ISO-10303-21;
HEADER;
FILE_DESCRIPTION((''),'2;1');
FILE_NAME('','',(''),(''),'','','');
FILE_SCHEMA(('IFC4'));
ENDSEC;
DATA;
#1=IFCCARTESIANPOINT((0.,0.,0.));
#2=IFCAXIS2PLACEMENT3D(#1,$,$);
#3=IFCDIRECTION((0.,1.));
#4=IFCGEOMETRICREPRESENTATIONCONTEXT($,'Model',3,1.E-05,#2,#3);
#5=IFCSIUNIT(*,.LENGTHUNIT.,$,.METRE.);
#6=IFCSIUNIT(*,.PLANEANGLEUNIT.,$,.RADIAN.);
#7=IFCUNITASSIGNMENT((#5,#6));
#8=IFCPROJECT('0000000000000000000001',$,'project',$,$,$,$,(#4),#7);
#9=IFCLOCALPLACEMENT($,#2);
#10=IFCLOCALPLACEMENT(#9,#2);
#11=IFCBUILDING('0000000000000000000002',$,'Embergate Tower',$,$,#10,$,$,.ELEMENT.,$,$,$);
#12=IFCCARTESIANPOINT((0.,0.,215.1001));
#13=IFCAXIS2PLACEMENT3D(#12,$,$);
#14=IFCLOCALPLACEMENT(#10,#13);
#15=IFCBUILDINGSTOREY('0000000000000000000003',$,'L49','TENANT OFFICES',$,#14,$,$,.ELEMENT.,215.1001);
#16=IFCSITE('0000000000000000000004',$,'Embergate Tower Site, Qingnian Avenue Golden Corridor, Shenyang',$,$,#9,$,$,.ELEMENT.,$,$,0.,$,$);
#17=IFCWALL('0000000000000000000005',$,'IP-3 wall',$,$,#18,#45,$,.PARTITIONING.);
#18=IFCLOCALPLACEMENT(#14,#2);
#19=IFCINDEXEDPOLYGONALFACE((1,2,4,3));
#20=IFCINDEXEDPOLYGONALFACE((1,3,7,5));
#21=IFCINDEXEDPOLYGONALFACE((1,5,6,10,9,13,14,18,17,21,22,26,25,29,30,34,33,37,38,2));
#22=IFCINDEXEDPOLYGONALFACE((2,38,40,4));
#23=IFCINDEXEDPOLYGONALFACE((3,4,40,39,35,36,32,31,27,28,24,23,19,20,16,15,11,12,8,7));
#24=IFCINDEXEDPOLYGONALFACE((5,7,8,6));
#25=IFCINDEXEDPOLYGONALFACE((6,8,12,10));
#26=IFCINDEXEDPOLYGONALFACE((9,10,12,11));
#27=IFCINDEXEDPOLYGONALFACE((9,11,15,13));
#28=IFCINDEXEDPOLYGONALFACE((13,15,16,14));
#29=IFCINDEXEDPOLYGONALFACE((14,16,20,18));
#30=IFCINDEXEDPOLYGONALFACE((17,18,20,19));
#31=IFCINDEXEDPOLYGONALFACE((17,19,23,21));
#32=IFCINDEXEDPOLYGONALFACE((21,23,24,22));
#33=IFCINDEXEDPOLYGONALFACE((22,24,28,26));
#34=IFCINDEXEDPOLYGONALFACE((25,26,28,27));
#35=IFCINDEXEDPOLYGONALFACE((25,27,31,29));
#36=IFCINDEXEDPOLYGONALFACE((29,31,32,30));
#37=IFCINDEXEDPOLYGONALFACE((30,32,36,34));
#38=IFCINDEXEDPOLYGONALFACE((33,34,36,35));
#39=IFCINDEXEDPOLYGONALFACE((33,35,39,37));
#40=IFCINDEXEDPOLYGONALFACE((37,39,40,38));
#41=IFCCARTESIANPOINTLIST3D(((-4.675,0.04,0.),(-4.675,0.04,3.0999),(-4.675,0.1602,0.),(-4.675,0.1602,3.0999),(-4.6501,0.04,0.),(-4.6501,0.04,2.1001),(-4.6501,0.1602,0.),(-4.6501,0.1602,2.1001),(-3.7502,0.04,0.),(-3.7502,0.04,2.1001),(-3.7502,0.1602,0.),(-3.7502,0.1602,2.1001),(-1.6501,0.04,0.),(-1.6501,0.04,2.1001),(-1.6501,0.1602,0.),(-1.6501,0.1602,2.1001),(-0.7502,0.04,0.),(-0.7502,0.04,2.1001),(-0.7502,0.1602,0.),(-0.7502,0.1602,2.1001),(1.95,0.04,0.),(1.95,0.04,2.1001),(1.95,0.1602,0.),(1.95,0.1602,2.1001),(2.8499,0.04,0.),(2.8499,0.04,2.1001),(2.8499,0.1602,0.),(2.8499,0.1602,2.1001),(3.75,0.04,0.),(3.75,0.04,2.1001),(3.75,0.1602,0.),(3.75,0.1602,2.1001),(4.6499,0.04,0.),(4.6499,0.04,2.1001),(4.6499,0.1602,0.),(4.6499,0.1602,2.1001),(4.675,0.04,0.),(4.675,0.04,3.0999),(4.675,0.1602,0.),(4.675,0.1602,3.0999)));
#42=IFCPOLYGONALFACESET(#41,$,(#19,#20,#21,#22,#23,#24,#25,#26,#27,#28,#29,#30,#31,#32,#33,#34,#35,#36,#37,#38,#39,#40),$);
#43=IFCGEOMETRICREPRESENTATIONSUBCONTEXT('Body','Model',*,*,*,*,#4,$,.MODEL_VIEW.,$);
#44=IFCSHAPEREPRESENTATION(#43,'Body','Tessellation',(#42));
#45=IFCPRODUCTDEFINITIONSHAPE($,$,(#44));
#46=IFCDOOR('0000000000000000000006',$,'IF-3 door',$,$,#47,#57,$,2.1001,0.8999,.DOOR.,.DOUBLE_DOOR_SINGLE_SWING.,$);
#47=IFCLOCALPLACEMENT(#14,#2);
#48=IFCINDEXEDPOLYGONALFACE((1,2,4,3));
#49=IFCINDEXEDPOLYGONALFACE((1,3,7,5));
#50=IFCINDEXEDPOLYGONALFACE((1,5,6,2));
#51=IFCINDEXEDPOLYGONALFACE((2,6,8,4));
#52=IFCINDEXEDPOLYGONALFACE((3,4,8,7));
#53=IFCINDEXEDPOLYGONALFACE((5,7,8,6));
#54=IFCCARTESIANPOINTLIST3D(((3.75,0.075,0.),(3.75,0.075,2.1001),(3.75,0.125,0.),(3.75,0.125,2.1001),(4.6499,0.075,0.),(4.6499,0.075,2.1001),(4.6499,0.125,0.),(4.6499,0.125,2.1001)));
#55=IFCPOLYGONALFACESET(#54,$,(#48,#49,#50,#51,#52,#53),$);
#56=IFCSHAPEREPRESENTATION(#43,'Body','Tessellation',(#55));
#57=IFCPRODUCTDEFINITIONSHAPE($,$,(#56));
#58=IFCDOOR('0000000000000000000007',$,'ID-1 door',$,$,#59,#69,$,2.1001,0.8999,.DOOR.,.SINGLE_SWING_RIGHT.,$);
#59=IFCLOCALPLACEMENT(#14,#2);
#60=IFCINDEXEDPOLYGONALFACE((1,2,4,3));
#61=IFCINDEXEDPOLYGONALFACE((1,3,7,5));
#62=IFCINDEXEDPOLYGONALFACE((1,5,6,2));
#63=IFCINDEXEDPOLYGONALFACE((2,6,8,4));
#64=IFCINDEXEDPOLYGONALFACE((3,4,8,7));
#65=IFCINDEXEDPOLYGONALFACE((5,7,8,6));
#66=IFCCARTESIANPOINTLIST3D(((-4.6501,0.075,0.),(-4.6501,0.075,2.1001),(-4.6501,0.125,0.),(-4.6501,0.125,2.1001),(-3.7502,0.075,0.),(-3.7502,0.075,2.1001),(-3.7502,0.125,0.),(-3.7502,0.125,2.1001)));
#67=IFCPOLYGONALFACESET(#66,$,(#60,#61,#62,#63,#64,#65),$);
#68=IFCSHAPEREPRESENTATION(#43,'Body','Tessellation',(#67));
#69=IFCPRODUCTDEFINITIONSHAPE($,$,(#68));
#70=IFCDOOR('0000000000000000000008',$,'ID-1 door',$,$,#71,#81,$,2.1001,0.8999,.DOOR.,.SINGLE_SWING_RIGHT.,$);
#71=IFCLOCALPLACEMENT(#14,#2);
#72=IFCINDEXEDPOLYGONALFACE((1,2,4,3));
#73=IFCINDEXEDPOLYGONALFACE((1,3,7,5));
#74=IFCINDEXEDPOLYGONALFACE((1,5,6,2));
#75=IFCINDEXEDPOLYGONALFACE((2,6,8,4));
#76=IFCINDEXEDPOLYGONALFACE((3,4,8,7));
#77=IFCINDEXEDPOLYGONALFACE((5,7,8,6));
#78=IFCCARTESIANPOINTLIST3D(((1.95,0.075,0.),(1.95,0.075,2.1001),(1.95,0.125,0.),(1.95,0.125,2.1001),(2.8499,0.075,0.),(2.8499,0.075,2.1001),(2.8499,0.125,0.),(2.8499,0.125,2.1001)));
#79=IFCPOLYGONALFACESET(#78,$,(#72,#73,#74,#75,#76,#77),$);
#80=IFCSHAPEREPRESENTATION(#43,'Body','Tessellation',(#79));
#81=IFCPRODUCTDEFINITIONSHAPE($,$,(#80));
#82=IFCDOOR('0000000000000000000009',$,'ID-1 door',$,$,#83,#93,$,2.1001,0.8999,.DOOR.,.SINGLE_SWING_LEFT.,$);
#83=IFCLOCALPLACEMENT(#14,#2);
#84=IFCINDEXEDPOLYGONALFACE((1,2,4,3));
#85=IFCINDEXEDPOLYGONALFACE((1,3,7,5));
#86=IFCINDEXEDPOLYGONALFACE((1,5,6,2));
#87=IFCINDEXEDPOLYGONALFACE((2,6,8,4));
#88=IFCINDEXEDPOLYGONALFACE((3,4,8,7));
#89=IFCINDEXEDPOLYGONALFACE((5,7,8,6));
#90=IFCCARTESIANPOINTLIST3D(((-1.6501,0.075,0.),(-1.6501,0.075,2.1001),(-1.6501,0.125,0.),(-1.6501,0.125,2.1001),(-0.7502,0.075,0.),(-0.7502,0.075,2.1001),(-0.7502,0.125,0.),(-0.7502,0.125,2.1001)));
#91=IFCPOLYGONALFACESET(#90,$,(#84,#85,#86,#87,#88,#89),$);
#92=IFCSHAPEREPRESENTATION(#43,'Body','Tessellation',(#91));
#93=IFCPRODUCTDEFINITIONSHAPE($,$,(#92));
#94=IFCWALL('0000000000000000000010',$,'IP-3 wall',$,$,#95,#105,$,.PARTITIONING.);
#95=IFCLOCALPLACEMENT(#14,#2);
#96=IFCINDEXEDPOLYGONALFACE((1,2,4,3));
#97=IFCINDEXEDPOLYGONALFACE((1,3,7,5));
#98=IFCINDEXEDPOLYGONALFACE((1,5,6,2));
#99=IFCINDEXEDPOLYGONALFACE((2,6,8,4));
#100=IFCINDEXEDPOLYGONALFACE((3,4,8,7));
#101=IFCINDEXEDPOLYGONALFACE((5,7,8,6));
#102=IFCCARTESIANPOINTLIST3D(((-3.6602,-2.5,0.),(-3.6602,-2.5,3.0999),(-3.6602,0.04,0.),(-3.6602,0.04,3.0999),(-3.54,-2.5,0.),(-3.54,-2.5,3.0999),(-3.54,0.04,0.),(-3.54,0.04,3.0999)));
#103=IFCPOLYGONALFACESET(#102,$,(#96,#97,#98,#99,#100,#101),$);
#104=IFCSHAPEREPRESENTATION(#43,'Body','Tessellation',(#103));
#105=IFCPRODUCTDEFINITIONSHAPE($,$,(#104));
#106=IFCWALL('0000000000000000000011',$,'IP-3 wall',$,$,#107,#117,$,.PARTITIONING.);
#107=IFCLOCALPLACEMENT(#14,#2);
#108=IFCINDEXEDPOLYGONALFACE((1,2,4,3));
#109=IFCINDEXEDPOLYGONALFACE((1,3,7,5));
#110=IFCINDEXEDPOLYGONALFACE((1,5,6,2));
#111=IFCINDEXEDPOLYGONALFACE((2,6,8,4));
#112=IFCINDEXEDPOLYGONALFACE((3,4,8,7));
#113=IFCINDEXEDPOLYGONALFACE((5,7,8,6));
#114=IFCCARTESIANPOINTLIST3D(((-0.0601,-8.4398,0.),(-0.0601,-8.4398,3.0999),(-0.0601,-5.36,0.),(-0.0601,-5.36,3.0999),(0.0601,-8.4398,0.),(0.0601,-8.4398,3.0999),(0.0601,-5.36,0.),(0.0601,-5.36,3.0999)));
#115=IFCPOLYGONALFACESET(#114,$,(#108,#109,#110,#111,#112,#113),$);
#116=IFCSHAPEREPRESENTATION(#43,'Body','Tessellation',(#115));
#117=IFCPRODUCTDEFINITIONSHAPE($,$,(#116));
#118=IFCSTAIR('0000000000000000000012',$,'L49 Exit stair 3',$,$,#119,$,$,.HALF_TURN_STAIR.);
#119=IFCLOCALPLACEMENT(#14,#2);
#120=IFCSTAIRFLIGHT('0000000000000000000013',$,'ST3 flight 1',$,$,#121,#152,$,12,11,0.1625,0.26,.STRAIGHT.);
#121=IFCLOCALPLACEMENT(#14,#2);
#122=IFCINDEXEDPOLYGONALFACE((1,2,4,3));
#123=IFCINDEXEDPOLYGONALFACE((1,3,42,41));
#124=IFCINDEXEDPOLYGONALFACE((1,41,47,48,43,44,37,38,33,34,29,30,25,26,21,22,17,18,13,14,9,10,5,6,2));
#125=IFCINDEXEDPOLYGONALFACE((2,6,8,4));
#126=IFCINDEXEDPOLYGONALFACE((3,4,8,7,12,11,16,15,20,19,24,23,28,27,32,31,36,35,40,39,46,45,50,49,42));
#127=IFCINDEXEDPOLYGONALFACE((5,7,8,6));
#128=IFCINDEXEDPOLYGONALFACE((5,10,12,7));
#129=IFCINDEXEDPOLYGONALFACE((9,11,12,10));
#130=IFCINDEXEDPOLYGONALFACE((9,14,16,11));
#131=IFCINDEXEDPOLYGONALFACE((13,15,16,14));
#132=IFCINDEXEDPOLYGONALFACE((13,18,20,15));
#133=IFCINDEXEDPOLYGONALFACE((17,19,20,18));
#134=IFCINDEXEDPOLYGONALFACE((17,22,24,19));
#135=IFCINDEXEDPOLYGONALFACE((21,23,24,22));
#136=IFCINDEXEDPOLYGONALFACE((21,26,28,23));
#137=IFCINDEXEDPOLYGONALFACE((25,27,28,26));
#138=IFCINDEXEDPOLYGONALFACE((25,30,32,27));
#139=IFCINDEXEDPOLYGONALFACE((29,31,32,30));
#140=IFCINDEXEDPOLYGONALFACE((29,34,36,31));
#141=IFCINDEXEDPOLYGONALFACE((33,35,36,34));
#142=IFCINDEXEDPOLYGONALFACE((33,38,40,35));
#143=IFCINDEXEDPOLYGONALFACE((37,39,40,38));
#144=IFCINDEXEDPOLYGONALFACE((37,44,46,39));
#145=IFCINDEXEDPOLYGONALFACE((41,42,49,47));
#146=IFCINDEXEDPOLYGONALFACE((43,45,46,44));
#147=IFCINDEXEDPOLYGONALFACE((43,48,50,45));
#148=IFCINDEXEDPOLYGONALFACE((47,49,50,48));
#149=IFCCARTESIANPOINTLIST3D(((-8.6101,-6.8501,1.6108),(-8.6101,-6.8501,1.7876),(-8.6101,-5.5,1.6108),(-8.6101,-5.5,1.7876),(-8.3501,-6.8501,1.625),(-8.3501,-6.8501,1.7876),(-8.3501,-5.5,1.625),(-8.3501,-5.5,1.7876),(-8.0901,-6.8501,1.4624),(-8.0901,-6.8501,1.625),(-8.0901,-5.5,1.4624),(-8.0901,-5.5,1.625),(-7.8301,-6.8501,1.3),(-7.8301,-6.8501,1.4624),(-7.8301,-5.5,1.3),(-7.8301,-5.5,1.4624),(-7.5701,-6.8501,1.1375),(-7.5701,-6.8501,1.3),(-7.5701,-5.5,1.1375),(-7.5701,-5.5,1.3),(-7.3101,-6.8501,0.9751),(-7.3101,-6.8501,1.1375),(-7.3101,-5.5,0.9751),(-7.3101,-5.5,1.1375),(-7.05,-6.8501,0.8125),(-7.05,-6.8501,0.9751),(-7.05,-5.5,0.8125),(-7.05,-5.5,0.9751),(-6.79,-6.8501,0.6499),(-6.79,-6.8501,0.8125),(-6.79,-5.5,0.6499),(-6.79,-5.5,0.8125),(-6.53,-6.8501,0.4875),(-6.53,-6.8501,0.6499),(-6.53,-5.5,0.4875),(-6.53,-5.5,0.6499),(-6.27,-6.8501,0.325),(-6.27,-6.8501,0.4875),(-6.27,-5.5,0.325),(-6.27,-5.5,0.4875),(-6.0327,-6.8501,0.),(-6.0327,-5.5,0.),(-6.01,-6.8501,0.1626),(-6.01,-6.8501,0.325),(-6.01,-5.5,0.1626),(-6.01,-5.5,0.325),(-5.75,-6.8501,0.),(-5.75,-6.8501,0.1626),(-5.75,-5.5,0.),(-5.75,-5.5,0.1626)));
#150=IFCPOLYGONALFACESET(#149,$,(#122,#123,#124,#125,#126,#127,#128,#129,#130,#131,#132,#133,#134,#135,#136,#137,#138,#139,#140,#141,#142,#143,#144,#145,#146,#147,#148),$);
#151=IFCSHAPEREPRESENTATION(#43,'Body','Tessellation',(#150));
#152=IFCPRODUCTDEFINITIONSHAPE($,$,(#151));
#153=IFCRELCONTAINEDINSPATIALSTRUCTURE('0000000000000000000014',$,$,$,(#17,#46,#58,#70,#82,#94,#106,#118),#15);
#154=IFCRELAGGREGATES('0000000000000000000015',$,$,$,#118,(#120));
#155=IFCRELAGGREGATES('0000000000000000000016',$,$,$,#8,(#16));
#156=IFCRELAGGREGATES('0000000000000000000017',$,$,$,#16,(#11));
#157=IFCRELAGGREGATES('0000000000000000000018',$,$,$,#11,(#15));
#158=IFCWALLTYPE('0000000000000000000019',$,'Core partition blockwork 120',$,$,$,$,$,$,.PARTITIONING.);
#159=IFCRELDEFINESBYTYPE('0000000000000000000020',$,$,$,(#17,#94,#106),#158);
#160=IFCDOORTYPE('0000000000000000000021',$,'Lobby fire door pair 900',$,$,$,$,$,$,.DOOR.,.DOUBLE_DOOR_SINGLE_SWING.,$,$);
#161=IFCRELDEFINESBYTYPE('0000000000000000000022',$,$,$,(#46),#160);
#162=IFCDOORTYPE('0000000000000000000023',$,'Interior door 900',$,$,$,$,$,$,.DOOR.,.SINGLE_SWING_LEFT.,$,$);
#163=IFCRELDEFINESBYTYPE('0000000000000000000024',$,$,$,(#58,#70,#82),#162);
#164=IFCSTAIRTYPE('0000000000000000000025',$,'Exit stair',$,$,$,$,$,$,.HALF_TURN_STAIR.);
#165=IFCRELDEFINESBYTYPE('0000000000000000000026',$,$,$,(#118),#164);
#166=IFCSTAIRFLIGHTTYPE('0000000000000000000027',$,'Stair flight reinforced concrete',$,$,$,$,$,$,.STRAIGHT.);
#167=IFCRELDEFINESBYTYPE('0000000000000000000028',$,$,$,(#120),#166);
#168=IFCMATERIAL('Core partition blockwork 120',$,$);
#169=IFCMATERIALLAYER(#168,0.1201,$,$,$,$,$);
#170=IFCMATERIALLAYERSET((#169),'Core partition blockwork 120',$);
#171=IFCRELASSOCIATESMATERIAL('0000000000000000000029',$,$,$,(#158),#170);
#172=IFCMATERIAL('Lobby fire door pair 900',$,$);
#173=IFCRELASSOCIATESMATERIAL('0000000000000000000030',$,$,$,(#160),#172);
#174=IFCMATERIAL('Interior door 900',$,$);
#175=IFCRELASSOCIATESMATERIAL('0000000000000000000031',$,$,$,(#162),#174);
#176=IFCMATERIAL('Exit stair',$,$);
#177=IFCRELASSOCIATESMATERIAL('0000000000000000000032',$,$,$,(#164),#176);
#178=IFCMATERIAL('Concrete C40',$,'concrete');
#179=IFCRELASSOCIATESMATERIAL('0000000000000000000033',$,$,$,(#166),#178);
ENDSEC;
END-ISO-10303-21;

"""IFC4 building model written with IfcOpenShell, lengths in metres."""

from ifc_helpers import new_model, si_unit, direction, frame, frame_2d, origin, place, context, subcontext, project, spatial, polyline, rectangle, outline, extrude, source, transform, mapped, material, layer, layer_set, type_object, element, fill, aggregate, save


model = new_model("IFC4")

# Units and contexts
model_context = context("Model", 3, precision=1e-05, world=origin(), true_north=direction((0.0, 1.0)))
body_context = subcontext(model_context, "Body", "Model", "MODEL_VIEW")
ifc_project = project(units=[si_unit("LENGTHUNIT", "METRE"), si_unit("PLANEANGLEUNIT", "RADIAN")], contexts=[model_context])

# Site, building, storey
site_placement = place(None, origin())
site = spatial("IfcSite", under=ifc_project, at=site_placement, Name="Embergate Tower Site, Qingnian Avenue Golden Corridor, Shenyang", CompositionType="ELEMENT", RefElevation=0.0)
building_placement = place(site_placement, origin())
building = spatial("IfcBuilding", under=site, at=building_placement, Name="Embergate Tower", CompositionType="ELEMENT")
storey_placement = place(building_placement, frame((0.0, 0.0, 215.1001)))
storey = spatial("IfcBuildingStorey", under=building, at=storey_placement, Name="L49", Description="TENANT OFFICES", CompositionType="ELEMENT", Elevation=215.1001)

# Shared definitions
ifc_material_1 = material(Name="Core partition blockwork 120")
ifc_layer_1 = layer(ifc_material_1, 0.1201)
ifc_layer_set_1 = layer_set([ifc_layer_1], Name="Core partition blockwork 120")
wall_type_1 = type_object("IfcWallType", Name="Core partition blockwork 120", PredefinedType="PARTITIONING", material=ifc_layer_set_1)

# Wall, openings, doors
shared_shape_1 = source(origin(), body_context, "Body", "SweptSolid", [
    extrude(rectangle(XDim=9.3501, YDim=0.1201, at=frame_2d((4.675, 0.0))), origin(), (0.0, 0.0, 1.0), 3.0999),
])
wall_1_placement = place(storey_placement, frame((-4.675, 0.1001, 0.0), z_axis=(0.0, 0.0, 1.0), x_axis=(1.0, 0.0, 0.0)))
wall_1 = element("IfcWall", 1, at=wall_1_placement, inside=storey, type_object=wall_type_1, Name="IP-3 wall", PredefinedType="PARTITIONING", context=body_context, shape_type="MappedRepresentation", body=[
    mapped(shared_shape_1, transform((0.0, 0.0, 0.0))),
])
shared_shape_2 = source(origin(), body_context, "Body", "SweptSolid", [
    extrude(rectangle(XDim=0.8999, YDim=2.1001, at=frame_2d((0.45, 1.05))), frame((0.0, 0.0701, 0.0), z_axis=(0.0, -1.0, 0.0), x_axis=(1.0, 0.0, 0.0)), (0.0, 0.0, 1.0), 0.1401),
])
opening_1_placement = place(wall_1_placement, frame((8.425, 0.0, 0.0)))
opening_1 = element("IfcOpeningElement", 2, at=opening_1_placement, cuts=wall_1, PredefinedType="OPENING", context=body_context, shape_type="MappedRepresentation", body=[
    mapped(shared_shape_2, transform((0.0, 0.0, 0.0))),
])
opening_2_placement = place(wall_1_placement, frame((0.0249, 0.0, 0.0)))
opening_2 = element("IfcOpeningElement", 3, at=opening_2_placement, cuts=wall_1, PredefinedType="OPENING", context=body_context, shape_type="MappedRepresentation", body=[
    mapped(shared_shape_2, transform((0.0, 0.0, 0.0))),
])
opening_3_placement = place(wall_1_placement, frame((6.625, 0.0, 0.0)))
opening_3 = element("IfcOpeningElement", 4, at=opening_3_placement, cuts=wall_1, PredefinedType="OPENING", context=body_context, shape_type="MappedRepresentation", body=[
    mapped(shared_shape_2, transform((0.0, 0.0, 0.0))),
])
opening_4_placement = place(wall_1_placement, frame((3.0249, 0.0, 0.0)))
opening_4 = element("IfcOpeningElement", 5, at=opening_4_placement, cuts=wall_1, PredefinedType="OPENING", context=body_context, shape_type="MappedRepresentation", body=[
    mapped(shared_shape_2, transform((0.0, 0.0, 0.0))),
])
ifc_material_2 = material(Name="Lobby fire door pair 900")
door_type_1 = type_object("IfcDoorType", Name="Lobby fire door pair 900", OperationType="DOUBLE_DOOR_SINGLE_SWING", PredefinedType="DOOR", material=ifc_material_2)
shared_shape_3 = source(origin(), body_context, "Body", "SweptSolid", [
    extrude(rectangle(XDim=0.8999, YDim=2.1001, at=frame_2d((0.45, 1.05))), frame((0.0, 0.0249, 0.0), z_axis=(0.0, -1.0, 0.0), x_axis=(1.0, 0.0, 0.0)), (0.0, 0.0, 1.0), 0.05),
])
door_1_placement = place(opening_1_placement, origin())
door_1 = element("IfcDoor", 6, at=door_1_placement, inside=storey, type_object=door_type_1, Name="IF-3 door", OperationType="DOUBLE_DOOR_SINGLE_SWING", OverallHeight=2.1001, OverallWidth=0.8999, PredefinedType="DOOR", context=body_context, shape_type="MappedRepresentation", body=[
    mapped(shared_shape_3, transform((0.0, 0.0, 0.0))),
])
fill(opening_1, door_1)
ifc_material_3 = material(Name="Interior door 900")
door_type_2 = type_object("IfcDoorType", Name="Interior door 900", OperationType="SINGLE_SWING_LEFT", PredefinedType="DOOR", material=ifc_material_3)
door_2_placement = place(opening_2_placement, origin())
door_2 = element("IfcDoor", 7, at=door_2_placement, inside=storey, type_object=door_type_2, Name="ID-1 door", OperationType="SINGLE_SWING_RIGHT", OverallHeight=2.1001, OverallWidth=0.8999, PredefinedType="DOOR", context=body_context, shape_type="MappedRepresentation", body=[
    mapped(shared_shape_3, transform((0.0, 0.0, 0.0))),
])
fill(opening_2, door_2)
door_3_placement = place(opening_3_placement, origin())
door_3 = element("IfcDoor", 8, at=door_3_placement, inside=storey, type_object=door_type_2, Name="ID-1 door", OperationType="SINGLE_SWING_RIGHT", OverallHeight=2.1001, OverallWidth=0.8999, PredefinedType="DOOR", context=body_context, shape_type="MappedRepresentation", body=[
    mapped(shared_shape_3, transform((0.0, 0.0, 0.0))),
])
fill(opening_3, door_3)
door_4_placement = place(opening_4_placement, origin())
door_4 = element("IfcDoor", 9, at=door_4_placement, inside=storey, type_object=door_type_2, Name="ID-1 door", OperationType="SINGLE_SWING_LEFT", OverallHeight=2.1001, OverallWidth=0.8999, PredefinedType="DOOR", context=body_context, shape_type="MappedRepresentation", body=[
    mapped(shared_shape_3, transform((0.0, 0.0, 0.0))),
])
fill(opening_4, door_4)

# Walls
shared_shape_4 = source(origin(), body_context, "Body", "SweptSolid", [
    extrude(rectangle(XDim=2.54, YDim=0.1201, at=frame_2d((1.27, 0.0))), origin(), (0.0, 0.0, 1.0), 3.0999),
])
wall_2_placement = place(storey_placement, frame((-3.6001, -2.5, 0.0), z_axis=(0.0, 0.0, 1.0), x_axis=(0.0, 1.0, 0.0)))
element("IfcWall", 10, at=wall_2_placement, inside=storey, type_object=wall_type_1, Name="IP-3 wall", PredefinedType="PARTITIONING", context=body_context, shape_type="MappedRepresentation", body=[
    mapped(shared_shape_4, transform((0.0, 0.0, 0.0))),
])
shared_shape_5 = source(origin(), body_context, "Body", "SweptSolid", [
    extrude(rectangle(XDim=3.0798, YDim=0.1201, at=frame_2d((1.54, 0.0))), origin(), (0.0, 0.0, 1.0), 3.0999),
])
wall_3_placement = place(storey_placement, frame((0.0, -8.4399, 0.0), z_axis=(0.0, 0.0, 1.0), x_axis=(0.0, 1.0, 0.0)))
element("IfcWall", 11, at=wall_3_placement, inside=storey, type_object=wall_type_1, Name="IP-3 wall", PredefinedType="PARTITIONING", context=body_context, shape_type="MappedRepresentation", body=[
    mapped(shared_shape_5, transform((0.0, 0.0, 0.0))),
])

# Stair, stair flight
ifc_material_4 = material(Name="Exit stair")
stair_type = type_object("IfcStairType", Name="Exit stair", PredefinedType="HALF_TURN_STAIR", material=ifc_material_4)
stair_placement = place(storey_placement, origin())
stair = element("IfcStair", 12, at=stair_placement, inside=storey, type_object=stair_type, Name="L49 Exit stair 3", PredefinedType="HALF_TURN_STAIR")
ifc_material_5 = material(Name="Concrete C40", Category="concrete")
stair_flight_type = type_object("IfcStairFlightType", Name="Stair flight reinforced concrete", PredefinedType="STRAIGHT", material=ifc_material_5)
shared_shape_6 = source(origin(), body_context, "Body", "SweptSolid", [
    extrude(outline(polyline([(0.0, 0.0), (0.0, 0.1626), (0.26, 0.1626), (0.26, 0.325), (0.52, 0.325), (0.52, 0.4875), (0.78, 0.4875), (0.78, 0.6499), (1.04, 0.6499), (1.04, 0.8125), (1.3, 0.8125), (1.3, 0.9751), (1.5601, 0.9751), (1.5601, 1.1375), (1.8201, 1.1375), (1.8201, 1.3), (2.0801, 1.3), (2.0801, 1.4624), (2.3401, 1.4624), (2.3401, 1.625), (2.6001, 1.625), (2.6001, 1.7876), (2.8601, 1.7876), (2.8601, 1.95), (2.8601, 1.6108), (0.2827, 0.0), (0.0, 0.0)])), frame((0.0, 0.675, 0.0), z_axis=(0.0, -1.0, 0.0), x_axis=(1.0, 0.0, 0.0)), (0.0, 0.0, 1.0), 1.3501),
])
stair_flight_placement = place(storey_placement, frame((-5.75, -6.175, 0.0), z_axis=(0.0, 0.0, 1.0), x_axis=(-1.0, 0.0, 0.0)))
stair_flight = element("IfcStairFlight", 13, at=stair_flight_placement, type_object=stair_flight_type, Name="ST3 flight 1", NumberOfRisers=12, NumberOfTreads=11, PredefinedType="STRAIGHT", RiserHeight=0.1625, TreadLength=0.26, context=body_context, shape_type="MappedRepresentation", body=[
    mapped(shared_shape_6, transform((0.0, 0.0, 0.0))),
])
aggregate(stair, [stair_flight])

save(model, "model.ifc")
